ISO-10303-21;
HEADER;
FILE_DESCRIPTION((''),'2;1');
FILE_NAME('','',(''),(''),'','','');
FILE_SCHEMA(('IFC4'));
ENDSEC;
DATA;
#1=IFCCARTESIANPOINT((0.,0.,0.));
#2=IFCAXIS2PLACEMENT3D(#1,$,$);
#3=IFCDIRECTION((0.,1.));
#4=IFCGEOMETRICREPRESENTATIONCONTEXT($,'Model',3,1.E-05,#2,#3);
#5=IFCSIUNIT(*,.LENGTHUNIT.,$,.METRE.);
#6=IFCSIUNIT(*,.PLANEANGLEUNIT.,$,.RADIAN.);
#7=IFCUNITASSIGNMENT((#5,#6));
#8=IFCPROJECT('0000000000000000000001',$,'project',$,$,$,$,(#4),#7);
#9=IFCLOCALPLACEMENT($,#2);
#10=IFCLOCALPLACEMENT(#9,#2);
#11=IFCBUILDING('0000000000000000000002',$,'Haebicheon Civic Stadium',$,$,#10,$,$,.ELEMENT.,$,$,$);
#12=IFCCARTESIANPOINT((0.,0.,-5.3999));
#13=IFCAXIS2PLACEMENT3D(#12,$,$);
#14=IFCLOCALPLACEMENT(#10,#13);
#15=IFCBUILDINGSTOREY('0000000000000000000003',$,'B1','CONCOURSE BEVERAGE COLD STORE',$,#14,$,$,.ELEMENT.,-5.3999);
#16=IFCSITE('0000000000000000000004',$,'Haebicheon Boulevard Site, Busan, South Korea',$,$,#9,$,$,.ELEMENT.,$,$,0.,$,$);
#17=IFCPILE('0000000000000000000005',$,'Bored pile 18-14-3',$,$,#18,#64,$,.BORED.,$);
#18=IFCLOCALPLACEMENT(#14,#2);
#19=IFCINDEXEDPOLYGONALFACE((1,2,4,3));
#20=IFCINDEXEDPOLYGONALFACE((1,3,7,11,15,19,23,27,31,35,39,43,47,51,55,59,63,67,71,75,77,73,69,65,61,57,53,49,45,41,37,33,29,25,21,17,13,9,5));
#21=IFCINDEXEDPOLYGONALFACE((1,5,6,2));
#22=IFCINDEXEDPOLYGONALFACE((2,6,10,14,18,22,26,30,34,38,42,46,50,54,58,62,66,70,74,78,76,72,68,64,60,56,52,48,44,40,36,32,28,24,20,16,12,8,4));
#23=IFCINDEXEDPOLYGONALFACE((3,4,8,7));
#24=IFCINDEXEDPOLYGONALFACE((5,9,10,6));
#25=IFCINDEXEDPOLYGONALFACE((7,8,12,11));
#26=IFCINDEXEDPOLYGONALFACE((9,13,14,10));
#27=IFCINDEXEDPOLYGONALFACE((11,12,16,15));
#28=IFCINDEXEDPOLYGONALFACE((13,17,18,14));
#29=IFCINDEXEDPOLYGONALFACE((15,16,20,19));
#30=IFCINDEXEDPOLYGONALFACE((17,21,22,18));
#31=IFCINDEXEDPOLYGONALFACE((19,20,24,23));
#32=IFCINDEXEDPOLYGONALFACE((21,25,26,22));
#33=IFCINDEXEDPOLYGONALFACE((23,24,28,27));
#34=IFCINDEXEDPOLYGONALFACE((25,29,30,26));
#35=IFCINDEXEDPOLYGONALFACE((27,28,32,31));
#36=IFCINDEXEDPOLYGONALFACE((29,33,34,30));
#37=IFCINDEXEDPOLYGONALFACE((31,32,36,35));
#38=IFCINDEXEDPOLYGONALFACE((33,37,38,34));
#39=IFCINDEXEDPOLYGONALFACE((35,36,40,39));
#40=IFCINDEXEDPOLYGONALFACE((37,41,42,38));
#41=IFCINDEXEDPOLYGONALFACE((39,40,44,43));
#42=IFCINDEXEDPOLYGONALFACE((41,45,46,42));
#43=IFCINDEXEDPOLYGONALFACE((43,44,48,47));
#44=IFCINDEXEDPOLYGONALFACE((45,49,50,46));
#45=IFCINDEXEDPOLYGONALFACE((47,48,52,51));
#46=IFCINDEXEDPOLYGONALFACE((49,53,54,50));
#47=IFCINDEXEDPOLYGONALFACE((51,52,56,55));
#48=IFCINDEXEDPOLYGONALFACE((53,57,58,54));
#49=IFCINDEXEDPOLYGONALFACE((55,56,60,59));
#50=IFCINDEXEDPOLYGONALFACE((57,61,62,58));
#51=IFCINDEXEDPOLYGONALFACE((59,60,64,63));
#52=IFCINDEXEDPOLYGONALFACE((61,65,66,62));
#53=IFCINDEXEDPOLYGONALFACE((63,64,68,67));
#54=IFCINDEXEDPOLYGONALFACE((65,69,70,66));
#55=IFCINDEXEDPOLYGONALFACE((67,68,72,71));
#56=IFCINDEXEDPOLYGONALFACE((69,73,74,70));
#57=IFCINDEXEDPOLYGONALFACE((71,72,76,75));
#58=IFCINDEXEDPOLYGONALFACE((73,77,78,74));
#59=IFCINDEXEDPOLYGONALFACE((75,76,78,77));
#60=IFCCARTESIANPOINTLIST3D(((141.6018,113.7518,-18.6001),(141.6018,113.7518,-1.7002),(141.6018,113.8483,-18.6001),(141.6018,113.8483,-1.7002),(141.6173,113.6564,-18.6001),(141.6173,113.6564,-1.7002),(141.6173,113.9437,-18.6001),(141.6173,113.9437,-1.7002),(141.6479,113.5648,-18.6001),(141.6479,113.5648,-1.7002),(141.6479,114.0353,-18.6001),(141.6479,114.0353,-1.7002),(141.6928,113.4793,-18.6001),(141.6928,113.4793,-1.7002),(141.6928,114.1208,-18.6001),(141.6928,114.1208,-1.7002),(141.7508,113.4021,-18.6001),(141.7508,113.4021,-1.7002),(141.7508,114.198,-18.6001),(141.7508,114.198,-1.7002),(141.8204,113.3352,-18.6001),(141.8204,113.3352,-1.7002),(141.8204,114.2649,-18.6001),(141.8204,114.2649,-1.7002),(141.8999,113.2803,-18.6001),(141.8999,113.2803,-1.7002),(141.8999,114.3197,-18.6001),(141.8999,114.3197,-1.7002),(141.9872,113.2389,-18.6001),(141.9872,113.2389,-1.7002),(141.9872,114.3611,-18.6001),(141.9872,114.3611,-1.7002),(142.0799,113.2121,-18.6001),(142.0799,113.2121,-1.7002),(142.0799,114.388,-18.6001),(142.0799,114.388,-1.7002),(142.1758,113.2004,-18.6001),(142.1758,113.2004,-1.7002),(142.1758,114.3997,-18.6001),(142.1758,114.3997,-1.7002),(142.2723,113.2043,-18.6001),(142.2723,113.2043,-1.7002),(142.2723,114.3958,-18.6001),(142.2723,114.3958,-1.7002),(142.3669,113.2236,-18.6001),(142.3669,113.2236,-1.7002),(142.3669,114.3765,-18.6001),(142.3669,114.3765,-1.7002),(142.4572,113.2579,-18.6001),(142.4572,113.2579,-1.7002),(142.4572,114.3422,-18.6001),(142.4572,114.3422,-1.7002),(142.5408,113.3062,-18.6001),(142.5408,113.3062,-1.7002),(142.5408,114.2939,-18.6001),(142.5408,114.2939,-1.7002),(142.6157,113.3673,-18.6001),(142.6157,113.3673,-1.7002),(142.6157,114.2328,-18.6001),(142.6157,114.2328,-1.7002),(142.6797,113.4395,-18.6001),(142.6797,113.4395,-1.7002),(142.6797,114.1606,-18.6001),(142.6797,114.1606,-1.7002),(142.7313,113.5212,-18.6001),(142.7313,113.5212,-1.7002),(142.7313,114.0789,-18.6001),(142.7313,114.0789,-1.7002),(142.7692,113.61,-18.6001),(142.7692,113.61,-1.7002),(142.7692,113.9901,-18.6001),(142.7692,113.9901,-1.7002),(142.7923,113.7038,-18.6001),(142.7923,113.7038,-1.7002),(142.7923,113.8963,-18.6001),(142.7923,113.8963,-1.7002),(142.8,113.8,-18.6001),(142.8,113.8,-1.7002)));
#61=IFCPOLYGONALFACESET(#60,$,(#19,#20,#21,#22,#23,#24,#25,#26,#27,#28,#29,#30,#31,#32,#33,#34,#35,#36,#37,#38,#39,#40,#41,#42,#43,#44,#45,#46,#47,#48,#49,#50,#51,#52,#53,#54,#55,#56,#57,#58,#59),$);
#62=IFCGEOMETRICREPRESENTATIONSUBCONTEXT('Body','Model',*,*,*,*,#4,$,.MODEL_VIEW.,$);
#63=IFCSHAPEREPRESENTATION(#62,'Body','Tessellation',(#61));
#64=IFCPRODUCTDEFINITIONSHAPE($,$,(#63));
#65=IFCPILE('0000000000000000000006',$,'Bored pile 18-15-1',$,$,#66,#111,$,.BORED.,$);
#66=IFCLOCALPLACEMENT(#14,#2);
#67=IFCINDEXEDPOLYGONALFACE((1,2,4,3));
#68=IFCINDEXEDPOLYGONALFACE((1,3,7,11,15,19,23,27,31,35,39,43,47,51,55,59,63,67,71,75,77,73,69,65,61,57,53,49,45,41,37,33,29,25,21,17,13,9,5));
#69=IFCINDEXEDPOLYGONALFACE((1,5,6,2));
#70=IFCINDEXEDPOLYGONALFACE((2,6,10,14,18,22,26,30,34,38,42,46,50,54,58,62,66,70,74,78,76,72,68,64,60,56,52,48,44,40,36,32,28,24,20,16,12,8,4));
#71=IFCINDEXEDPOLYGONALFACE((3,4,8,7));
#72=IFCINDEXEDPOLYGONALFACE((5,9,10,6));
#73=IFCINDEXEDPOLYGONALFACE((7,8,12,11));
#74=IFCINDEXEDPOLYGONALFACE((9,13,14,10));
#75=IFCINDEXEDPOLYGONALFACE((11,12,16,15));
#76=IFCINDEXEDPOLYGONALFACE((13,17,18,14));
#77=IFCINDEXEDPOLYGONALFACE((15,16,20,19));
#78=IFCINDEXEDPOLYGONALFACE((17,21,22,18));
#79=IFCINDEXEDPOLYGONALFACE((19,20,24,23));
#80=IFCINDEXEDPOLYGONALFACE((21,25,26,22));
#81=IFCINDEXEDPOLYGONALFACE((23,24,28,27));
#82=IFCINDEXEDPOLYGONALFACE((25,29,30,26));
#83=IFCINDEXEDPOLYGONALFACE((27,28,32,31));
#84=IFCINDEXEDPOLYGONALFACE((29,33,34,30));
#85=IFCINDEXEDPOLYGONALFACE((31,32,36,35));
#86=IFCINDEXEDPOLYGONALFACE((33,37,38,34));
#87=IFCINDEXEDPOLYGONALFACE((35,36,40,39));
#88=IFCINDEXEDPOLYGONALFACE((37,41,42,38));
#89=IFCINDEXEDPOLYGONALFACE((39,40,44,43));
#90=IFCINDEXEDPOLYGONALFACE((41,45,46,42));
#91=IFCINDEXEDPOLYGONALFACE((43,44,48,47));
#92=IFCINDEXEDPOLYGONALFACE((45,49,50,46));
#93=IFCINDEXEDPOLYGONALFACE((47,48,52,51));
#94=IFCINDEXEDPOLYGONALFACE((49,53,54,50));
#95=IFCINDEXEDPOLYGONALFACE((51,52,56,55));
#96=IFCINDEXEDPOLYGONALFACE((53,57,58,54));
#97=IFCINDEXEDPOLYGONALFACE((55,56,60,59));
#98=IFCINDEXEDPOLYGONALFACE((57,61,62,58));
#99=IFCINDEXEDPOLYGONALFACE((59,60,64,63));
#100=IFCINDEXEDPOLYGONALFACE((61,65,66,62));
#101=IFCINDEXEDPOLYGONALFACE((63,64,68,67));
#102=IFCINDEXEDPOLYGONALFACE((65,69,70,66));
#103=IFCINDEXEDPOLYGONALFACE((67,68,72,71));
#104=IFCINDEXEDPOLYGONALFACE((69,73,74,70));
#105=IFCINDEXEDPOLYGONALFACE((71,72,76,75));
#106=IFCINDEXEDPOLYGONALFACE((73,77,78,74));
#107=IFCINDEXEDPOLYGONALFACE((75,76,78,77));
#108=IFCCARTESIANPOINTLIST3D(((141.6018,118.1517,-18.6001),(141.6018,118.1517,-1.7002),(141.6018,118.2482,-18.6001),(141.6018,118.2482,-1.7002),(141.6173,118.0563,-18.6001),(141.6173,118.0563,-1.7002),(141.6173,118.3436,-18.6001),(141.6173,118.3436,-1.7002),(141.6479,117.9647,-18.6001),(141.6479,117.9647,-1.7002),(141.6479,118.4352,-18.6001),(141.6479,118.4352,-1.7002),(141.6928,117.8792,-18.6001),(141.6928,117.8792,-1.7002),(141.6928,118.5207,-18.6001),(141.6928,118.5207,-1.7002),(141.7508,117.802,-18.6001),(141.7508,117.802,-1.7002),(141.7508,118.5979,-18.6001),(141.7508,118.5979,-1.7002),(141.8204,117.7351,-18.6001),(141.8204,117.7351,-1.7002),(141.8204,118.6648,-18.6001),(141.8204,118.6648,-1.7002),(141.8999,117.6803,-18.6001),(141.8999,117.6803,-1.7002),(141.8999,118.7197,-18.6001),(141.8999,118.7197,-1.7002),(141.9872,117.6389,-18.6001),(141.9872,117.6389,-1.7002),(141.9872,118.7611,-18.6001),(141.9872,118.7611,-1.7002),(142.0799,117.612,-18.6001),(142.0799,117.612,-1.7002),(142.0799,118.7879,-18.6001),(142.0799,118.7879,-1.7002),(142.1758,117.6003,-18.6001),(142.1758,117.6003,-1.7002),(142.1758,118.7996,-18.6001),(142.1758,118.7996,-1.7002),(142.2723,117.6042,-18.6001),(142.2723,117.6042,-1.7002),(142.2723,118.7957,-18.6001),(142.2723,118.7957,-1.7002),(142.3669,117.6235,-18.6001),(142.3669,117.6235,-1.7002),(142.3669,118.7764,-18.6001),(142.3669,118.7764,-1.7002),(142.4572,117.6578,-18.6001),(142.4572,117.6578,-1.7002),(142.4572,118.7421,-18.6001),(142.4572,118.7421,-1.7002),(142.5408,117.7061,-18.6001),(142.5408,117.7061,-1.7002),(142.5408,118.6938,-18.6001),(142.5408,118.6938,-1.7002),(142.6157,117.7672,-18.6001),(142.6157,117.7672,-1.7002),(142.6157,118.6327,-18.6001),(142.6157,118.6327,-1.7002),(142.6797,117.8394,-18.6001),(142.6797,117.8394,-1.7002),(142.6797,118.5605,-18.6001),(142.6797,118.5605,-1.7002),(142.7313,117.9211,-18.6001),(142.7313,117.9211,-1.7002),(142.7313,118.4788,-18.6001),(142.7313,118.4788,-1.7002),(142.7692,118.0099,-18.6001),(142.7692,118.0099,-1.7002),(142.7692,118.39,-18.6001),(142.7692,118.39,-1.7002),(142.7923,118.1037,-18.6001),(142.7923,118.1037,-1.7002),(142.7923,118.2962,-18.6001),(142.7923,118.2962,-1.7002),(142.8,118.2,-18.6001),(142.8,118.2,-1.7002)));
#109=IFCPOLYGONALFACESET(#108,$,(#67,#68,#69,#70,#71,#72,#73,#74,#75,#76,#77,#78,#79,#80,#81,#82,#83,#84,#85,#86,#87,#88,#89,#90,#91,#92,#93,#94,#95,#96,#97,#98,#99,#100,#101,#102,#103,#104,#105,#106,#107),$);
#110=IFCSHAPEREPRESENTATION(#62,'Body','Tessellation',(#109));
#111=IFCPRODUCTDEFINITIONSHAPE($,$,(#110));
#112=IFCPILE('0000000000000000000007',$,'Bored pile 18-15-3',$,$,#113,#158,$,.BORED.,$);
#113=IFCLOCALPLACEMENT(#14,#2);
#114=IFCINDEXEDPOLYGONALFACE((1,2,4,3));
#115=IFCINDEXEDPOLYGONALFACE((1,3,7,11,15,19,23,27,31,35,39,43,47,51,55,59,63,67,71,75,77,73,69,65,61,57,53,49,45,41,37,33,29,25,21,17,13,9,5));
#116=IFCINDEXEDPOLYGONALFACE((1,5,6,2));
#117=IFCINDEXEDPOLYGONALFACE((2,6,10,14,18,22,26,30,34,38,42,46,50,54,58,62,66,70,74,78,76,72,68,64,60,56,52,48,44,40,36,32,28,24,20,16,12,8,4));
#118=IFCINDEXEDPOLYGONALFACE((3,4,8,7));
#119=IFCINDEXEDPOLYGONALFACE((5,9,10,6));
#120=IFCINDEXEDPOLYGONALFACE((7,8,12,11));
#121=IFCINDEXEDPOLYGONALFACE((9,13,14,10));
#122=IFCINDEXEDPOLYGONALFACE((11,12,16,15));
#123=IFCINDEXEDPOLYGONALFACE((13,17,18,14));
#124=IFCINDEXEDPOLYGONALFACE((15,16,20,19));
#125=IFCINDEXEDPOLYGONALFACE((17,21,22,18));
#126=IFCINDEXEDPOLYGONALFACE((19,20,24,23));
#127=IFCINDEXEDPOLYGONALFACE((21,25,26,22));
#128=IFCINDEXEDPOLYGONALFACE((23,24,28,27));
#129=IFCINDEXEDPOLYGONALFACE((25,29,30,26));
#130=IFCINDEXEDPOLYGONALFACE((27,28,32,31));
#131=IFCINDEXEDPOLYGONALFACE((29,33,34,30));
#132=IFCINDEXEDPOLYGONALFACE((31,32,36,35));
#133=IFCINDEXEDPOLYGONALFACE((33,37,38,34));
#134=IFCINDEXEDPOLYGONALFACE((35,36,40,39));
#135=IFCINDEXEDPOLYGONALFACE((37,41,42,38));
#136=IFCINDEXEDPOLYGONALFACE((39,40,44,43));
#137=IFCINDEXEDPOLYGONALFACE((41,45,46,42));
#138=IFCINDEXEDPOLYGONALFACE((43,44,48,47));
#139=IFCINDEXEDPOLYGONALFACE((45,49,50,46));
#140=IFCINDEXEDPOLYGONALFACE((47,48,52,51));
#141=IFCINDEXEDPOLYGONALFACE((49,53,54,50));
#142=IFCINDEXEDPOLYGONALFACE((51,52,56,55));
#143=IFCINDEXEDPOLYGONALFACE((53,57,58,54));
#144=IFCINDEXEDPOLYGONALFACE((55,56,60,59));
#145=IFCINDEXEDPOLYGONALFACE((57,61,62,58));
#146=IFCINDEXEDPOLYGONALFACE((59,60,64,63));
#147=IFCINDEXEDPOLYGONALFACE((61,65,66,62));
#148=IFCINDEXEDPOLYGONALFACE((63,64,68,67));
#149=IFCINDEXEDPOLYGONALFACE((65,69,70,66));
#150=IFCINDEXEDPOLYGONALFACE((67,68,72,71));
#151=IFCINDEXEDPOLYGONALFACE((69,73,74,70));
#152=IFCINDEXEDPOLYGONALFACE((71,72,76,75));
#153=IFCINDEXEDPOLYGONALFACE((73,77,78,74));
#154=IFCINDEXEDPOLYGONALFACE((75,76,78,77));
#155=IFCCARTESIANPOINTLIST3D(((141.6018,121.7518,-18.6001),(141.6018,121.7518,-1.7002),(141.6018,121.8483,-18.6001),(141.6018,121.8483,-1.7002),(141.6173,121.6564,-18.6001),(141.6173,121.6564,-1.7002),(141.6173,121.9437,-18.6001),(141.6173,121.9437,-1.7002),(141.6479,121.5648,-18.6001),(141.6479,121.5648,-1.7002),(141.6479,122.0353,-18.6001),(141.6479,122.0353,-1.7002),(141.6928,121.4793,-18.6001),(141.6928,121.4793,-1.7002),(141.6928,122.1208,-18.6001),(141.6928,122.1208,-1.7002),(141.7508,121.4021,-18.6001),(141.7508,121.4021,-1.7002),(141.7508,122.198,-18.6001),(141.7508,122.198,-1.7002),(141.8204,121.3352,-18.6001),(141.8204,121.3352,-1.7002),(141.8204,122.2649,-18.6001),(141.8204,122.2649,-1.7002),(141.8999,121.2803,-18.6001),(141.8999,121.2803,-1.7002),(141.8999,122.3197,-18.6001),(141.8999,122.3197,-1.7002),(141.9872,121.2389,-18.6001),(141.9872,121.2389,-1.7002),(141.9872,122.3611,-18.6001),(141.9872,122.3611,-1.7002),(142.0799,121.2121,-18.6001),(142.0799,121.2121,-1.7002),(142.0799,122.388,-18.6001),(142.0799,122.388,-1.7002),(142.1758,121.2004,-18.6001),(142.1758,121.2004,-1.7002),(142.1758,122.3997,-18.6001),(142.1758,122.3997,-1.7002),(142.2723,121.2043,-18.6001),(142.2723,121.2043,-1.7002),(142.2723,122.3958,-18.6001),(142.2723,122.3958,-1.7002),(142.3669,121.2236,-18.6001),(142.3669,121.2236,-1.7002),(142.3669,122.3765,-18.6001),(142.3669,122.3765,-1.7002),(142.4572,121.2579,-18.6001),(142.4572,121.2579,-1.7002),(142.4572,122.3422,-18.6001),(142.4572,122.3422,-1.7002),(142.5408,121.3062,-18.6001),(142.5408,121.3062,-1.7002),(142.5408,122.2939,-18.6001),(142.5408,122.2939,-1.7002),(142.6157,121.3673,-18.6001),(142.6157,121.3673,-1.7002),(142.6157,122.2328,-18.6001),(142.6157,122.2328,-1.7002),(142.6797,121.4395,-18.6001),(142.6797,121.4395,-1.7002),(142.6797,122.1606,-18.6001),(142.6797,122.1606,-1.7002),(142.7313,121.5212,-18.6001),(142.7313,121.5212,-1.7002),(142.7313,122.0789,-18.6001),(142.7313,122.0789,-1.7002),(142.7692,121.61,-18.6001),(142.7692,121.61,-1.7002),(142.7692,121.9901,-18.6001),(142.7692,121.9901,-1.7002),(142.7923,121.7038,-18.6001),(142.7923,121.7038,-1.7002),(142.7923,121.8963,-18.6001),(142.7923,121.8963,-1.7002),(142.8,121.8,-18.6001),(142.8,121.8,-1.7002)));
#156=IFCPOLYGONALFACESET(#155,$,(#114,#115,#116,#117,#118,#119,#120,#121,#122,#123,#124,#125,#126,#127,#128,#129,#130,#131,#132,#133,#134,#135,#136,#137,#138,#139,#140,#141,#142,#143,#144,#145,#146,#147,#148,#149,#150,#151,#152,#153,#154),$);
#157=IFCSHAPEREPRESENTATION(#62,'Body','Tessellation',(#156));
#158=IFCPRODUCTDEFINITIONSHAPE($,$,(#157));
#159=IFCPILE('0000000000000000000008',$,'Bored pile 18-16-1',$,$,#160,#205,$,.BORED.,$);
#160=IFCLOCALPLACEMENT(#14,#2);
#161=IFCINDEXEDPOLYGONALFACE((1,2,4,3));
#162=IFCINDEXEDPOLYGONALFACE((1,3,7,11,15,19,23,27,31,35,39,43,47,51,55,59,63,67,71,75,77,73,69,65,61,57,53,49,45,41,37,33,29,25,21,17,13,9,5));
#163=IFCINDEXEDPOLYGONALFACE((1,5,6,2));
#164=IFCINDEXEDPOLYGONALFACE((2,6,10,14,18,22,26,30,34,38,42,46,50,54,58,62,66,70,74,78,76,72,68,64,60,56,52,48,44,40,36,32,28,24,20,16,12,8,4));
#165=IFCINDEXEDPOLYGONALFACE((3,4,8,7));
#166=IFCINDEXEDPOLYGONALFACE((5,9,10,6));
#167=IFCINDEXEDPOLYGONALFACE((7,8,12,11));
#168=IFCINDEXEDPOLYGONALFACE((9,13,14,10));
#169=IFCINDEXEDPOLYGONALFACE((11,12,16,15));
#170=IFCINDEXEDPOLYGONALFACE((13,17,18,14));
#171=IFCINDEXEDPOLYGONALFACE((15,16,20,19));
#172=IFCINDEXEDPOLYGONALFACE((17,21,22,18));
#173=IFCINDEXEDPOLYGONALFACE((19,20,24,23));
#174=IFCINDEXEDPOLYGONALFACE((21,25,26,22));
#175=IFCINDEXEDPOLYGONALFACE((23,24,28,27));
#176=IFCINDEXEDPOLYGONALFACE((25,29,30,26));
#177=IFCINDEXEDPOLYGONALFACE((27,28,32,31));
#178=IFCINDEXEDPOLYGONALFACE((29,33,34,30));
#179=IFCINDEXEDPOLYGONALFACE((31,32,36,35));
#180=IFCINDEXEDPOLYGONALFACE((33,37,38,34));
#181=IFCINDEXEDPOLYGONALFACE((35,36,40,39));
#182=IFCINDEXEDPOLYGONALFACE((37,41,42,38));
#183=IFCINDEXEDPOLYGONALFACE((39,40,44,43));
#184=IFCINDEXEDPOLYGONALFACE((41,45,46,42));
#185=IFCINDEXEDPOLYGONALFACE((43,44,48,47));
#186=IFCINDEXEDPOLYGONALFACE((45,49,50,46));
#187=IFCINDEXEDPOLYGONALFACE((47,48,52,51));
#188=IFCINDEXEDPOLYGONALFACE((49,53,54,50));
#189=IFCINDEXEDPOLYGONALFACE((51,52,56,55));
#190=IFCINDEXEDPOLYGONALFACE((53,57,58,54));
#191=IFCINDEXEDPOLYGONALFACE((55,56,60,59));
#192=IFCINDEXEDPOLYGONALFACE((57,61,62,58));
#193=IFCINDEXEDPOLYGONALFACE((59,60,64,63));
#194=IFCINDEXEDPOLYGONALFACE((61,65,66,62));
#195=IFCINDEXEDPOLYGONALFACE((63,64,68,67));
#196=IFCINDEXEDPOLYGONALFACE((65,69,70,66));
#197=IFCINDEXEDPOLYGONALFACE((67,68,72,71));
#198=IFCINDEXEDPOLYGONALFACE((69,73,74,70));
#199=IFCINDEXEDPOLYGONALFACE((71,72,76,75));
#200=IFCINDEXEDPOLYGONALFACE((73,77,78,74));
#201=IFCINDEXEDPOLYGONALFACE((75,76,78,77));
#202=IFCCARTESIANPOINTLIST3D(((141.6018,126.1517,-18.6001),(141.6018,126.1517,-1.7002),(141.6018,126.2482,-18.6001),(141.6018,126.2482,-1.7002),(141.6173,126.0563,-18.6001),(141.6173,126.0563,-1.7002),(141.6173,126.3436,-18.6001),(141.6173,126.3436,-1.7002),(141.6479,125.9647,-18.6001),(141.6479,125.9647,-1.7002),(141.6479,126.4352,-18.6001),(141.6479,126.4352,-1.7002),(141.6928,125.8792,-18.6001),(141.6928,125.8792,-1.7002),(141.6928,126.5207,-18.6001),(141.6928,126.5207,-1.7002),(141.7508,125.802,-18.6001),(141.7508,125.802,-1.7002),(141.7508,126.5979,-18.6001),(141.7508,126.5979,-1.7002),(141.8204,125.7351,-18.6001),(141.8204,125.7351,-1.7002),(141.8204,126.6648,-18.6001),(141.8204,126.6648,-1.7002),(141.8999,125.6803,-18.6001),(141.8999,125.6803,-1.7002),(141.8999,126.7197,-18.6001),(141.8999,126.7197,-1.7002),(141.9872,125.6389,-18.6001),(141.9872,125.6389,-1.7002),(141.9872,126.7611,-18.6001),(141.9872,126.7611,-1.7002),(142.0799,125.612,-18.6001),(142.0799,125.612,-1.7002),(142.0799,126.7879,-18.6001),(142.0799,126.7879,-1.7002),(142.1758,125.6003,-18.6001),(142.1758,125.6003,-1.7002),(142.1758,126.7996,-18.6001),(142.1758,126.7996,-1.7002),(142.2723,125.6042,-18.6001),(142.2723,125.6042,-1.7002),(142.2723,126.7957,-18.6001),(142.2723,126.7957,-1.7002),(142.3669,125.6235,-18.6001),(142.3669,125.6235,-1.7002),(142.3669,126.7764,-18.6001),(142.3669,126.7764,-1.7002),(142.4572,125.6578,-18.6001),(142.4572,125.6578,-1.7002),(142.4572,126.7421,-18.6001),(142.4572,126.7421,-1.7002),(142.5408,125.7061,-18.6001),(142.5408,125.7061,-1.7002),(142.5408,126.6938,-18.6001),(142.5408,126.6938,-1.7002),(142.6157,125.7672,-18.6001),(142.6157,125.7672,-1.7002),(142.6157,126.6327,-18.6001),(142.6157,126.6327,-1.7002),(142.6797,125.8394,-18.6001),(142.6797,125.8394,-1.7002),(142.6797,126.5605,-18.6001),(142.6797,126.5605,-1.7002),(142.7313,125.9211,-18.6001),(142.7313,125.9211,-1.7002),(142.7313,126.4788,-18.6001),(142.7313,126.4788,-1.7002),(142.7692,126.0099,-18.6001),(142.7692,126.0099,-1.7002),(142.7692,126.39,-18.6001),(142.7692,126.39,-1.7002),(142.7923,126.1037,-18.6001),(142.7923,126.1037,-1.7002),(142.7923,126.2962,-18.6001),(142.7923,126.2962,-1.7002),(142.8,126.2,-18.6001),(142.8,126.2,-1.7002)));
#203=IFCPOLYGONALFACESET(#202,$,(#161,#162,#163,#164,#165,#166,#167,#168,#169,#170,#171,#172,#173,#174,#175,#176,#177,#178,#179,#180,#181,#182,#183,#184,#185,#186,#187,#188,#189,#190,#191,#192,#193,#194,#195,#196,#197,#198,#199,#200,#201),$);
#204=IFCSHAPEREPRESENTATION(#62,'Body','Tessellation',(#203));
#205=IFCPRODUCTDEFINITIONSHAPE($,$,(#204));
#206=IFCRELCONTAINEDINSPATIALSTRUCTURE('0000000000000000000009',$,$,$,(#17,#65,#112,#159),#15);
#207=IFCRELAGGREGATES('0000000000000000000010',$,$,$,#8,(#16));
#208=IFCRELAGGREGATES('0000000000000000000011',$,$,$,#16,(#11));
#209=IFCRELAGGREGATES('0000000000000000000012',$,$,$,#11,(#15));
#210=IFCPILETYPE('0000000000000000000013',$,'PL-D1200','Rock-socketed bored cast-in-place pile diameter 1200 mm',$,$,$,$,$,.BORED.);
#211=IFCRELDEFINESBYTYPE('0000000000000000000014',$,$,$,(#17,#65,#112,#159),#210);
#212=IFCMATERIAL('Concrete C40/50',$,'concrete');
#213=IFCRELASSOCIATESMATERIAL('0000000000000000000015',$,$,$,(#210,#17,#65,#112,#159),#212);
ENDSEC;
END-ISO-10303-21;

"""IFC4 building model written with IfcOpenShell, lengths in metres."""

from ifc_helpers import new_model, si_unit, direction, frame, origin, origin_2d, place, context, subcontext, project, spatial, circle, extrude, material, material_profile, profile_set, type_object, element, save


model = new_model("IFC4")

# Units and contexts
model_context = context("Model", 3, precision=1e-05, world=origin(), true_north=direction((0.0, 1.0)))
body_context = subcontext(model_context, "Body", "Model", "MODEL_VIEW")
ifc_project = project(units=[si_unit("LENGTHUNIT", "METRE"), si_unit("PLANEANGLEUNIT", "RADIAN")], contexts=[model_context])

# Site, building, storey
site_placement = place(None, origin())
site = spatial("IfcSite", under=ifc_project, at=site_placement, Name="Haebicheon Boulevard Site, Busan, South Korea", CompositionType="ELEMENT", RefElevation=0.0)
building_placement = place(site_placement, origin())
building = spatial("IfcBuilding", under=site, at=building_placement, Name="Haebicheon Civic Stadium", CompositionType="ELEMENT")
storey_placement = place(building_placement, frame((0.0, 0.0, -5.3999)))
storey = spatial("IfcBuildingStorey", under=building, at=storey_placement, Name="B1", Description="CONCOURSE BEVERAGE COLD STORE", CompositionType="ELEMENT", Elevation=-5.3999)

# Piles
ifc_material_1 = material(Name="Concrete C40/50", Category="concrete")
ifc_material_profile_1 = material_profile(ifc_material_1, circle(Radius=0.6001, at=origin_2d()), Name="PILE-D1200")
ifc_profile_set_1 = profile_set([ifc_material_profile_1], Name="Concrete C40/50")
pile_type_1 = type_object("IfcPileType", Name="PL-D1200", Description="Rock-socketed bored cast-in-place pile diameter 1200 mm", PredefinedType="BORED", material=ifc_profile_set_1)
for number, where, z_axis, x_axis, name in (
    (1, (142.2, 113.8, -1.7002), (0.0, 0.0, -1.0), (1.0, 0.0, 0.0), "Bored pile 18-14-3"),
    (2, (142.2, 118.2, -1.7002), (0.0, 0.0, -1.0), (1.0, 0.0, 0.0), "Bored pile 18-15-1"),
    (3, (142.2, 121.8, -1.7002), (0.0, 0.0, -1.0), (1.0, 0.0, 0.0), "Bored pile 18-15-3"),
    (4, (142.2, 126.2, -1.7002), (0.0, 0.0, -1.0), (1.0, 0.0, 0.0), "Bored pile 18-16-1"),
):
    element("IfcPile", number, at=place(storey_placement, frame(where, z_axis=z_axis, x_axis=x_axis)), inside=storey, type_object=pile_type_1, material=ifc_profile_set_1, Name=name, PredefinedType="BORED", context=body_context, shape_type="SweptSolid", body=[
        extrude(circle(Radius=0.6001, at=origin_2d()), origin(), (0.0, 0.0, 1.0), 16.8999),
    ])

save(model, "model.ifc")
